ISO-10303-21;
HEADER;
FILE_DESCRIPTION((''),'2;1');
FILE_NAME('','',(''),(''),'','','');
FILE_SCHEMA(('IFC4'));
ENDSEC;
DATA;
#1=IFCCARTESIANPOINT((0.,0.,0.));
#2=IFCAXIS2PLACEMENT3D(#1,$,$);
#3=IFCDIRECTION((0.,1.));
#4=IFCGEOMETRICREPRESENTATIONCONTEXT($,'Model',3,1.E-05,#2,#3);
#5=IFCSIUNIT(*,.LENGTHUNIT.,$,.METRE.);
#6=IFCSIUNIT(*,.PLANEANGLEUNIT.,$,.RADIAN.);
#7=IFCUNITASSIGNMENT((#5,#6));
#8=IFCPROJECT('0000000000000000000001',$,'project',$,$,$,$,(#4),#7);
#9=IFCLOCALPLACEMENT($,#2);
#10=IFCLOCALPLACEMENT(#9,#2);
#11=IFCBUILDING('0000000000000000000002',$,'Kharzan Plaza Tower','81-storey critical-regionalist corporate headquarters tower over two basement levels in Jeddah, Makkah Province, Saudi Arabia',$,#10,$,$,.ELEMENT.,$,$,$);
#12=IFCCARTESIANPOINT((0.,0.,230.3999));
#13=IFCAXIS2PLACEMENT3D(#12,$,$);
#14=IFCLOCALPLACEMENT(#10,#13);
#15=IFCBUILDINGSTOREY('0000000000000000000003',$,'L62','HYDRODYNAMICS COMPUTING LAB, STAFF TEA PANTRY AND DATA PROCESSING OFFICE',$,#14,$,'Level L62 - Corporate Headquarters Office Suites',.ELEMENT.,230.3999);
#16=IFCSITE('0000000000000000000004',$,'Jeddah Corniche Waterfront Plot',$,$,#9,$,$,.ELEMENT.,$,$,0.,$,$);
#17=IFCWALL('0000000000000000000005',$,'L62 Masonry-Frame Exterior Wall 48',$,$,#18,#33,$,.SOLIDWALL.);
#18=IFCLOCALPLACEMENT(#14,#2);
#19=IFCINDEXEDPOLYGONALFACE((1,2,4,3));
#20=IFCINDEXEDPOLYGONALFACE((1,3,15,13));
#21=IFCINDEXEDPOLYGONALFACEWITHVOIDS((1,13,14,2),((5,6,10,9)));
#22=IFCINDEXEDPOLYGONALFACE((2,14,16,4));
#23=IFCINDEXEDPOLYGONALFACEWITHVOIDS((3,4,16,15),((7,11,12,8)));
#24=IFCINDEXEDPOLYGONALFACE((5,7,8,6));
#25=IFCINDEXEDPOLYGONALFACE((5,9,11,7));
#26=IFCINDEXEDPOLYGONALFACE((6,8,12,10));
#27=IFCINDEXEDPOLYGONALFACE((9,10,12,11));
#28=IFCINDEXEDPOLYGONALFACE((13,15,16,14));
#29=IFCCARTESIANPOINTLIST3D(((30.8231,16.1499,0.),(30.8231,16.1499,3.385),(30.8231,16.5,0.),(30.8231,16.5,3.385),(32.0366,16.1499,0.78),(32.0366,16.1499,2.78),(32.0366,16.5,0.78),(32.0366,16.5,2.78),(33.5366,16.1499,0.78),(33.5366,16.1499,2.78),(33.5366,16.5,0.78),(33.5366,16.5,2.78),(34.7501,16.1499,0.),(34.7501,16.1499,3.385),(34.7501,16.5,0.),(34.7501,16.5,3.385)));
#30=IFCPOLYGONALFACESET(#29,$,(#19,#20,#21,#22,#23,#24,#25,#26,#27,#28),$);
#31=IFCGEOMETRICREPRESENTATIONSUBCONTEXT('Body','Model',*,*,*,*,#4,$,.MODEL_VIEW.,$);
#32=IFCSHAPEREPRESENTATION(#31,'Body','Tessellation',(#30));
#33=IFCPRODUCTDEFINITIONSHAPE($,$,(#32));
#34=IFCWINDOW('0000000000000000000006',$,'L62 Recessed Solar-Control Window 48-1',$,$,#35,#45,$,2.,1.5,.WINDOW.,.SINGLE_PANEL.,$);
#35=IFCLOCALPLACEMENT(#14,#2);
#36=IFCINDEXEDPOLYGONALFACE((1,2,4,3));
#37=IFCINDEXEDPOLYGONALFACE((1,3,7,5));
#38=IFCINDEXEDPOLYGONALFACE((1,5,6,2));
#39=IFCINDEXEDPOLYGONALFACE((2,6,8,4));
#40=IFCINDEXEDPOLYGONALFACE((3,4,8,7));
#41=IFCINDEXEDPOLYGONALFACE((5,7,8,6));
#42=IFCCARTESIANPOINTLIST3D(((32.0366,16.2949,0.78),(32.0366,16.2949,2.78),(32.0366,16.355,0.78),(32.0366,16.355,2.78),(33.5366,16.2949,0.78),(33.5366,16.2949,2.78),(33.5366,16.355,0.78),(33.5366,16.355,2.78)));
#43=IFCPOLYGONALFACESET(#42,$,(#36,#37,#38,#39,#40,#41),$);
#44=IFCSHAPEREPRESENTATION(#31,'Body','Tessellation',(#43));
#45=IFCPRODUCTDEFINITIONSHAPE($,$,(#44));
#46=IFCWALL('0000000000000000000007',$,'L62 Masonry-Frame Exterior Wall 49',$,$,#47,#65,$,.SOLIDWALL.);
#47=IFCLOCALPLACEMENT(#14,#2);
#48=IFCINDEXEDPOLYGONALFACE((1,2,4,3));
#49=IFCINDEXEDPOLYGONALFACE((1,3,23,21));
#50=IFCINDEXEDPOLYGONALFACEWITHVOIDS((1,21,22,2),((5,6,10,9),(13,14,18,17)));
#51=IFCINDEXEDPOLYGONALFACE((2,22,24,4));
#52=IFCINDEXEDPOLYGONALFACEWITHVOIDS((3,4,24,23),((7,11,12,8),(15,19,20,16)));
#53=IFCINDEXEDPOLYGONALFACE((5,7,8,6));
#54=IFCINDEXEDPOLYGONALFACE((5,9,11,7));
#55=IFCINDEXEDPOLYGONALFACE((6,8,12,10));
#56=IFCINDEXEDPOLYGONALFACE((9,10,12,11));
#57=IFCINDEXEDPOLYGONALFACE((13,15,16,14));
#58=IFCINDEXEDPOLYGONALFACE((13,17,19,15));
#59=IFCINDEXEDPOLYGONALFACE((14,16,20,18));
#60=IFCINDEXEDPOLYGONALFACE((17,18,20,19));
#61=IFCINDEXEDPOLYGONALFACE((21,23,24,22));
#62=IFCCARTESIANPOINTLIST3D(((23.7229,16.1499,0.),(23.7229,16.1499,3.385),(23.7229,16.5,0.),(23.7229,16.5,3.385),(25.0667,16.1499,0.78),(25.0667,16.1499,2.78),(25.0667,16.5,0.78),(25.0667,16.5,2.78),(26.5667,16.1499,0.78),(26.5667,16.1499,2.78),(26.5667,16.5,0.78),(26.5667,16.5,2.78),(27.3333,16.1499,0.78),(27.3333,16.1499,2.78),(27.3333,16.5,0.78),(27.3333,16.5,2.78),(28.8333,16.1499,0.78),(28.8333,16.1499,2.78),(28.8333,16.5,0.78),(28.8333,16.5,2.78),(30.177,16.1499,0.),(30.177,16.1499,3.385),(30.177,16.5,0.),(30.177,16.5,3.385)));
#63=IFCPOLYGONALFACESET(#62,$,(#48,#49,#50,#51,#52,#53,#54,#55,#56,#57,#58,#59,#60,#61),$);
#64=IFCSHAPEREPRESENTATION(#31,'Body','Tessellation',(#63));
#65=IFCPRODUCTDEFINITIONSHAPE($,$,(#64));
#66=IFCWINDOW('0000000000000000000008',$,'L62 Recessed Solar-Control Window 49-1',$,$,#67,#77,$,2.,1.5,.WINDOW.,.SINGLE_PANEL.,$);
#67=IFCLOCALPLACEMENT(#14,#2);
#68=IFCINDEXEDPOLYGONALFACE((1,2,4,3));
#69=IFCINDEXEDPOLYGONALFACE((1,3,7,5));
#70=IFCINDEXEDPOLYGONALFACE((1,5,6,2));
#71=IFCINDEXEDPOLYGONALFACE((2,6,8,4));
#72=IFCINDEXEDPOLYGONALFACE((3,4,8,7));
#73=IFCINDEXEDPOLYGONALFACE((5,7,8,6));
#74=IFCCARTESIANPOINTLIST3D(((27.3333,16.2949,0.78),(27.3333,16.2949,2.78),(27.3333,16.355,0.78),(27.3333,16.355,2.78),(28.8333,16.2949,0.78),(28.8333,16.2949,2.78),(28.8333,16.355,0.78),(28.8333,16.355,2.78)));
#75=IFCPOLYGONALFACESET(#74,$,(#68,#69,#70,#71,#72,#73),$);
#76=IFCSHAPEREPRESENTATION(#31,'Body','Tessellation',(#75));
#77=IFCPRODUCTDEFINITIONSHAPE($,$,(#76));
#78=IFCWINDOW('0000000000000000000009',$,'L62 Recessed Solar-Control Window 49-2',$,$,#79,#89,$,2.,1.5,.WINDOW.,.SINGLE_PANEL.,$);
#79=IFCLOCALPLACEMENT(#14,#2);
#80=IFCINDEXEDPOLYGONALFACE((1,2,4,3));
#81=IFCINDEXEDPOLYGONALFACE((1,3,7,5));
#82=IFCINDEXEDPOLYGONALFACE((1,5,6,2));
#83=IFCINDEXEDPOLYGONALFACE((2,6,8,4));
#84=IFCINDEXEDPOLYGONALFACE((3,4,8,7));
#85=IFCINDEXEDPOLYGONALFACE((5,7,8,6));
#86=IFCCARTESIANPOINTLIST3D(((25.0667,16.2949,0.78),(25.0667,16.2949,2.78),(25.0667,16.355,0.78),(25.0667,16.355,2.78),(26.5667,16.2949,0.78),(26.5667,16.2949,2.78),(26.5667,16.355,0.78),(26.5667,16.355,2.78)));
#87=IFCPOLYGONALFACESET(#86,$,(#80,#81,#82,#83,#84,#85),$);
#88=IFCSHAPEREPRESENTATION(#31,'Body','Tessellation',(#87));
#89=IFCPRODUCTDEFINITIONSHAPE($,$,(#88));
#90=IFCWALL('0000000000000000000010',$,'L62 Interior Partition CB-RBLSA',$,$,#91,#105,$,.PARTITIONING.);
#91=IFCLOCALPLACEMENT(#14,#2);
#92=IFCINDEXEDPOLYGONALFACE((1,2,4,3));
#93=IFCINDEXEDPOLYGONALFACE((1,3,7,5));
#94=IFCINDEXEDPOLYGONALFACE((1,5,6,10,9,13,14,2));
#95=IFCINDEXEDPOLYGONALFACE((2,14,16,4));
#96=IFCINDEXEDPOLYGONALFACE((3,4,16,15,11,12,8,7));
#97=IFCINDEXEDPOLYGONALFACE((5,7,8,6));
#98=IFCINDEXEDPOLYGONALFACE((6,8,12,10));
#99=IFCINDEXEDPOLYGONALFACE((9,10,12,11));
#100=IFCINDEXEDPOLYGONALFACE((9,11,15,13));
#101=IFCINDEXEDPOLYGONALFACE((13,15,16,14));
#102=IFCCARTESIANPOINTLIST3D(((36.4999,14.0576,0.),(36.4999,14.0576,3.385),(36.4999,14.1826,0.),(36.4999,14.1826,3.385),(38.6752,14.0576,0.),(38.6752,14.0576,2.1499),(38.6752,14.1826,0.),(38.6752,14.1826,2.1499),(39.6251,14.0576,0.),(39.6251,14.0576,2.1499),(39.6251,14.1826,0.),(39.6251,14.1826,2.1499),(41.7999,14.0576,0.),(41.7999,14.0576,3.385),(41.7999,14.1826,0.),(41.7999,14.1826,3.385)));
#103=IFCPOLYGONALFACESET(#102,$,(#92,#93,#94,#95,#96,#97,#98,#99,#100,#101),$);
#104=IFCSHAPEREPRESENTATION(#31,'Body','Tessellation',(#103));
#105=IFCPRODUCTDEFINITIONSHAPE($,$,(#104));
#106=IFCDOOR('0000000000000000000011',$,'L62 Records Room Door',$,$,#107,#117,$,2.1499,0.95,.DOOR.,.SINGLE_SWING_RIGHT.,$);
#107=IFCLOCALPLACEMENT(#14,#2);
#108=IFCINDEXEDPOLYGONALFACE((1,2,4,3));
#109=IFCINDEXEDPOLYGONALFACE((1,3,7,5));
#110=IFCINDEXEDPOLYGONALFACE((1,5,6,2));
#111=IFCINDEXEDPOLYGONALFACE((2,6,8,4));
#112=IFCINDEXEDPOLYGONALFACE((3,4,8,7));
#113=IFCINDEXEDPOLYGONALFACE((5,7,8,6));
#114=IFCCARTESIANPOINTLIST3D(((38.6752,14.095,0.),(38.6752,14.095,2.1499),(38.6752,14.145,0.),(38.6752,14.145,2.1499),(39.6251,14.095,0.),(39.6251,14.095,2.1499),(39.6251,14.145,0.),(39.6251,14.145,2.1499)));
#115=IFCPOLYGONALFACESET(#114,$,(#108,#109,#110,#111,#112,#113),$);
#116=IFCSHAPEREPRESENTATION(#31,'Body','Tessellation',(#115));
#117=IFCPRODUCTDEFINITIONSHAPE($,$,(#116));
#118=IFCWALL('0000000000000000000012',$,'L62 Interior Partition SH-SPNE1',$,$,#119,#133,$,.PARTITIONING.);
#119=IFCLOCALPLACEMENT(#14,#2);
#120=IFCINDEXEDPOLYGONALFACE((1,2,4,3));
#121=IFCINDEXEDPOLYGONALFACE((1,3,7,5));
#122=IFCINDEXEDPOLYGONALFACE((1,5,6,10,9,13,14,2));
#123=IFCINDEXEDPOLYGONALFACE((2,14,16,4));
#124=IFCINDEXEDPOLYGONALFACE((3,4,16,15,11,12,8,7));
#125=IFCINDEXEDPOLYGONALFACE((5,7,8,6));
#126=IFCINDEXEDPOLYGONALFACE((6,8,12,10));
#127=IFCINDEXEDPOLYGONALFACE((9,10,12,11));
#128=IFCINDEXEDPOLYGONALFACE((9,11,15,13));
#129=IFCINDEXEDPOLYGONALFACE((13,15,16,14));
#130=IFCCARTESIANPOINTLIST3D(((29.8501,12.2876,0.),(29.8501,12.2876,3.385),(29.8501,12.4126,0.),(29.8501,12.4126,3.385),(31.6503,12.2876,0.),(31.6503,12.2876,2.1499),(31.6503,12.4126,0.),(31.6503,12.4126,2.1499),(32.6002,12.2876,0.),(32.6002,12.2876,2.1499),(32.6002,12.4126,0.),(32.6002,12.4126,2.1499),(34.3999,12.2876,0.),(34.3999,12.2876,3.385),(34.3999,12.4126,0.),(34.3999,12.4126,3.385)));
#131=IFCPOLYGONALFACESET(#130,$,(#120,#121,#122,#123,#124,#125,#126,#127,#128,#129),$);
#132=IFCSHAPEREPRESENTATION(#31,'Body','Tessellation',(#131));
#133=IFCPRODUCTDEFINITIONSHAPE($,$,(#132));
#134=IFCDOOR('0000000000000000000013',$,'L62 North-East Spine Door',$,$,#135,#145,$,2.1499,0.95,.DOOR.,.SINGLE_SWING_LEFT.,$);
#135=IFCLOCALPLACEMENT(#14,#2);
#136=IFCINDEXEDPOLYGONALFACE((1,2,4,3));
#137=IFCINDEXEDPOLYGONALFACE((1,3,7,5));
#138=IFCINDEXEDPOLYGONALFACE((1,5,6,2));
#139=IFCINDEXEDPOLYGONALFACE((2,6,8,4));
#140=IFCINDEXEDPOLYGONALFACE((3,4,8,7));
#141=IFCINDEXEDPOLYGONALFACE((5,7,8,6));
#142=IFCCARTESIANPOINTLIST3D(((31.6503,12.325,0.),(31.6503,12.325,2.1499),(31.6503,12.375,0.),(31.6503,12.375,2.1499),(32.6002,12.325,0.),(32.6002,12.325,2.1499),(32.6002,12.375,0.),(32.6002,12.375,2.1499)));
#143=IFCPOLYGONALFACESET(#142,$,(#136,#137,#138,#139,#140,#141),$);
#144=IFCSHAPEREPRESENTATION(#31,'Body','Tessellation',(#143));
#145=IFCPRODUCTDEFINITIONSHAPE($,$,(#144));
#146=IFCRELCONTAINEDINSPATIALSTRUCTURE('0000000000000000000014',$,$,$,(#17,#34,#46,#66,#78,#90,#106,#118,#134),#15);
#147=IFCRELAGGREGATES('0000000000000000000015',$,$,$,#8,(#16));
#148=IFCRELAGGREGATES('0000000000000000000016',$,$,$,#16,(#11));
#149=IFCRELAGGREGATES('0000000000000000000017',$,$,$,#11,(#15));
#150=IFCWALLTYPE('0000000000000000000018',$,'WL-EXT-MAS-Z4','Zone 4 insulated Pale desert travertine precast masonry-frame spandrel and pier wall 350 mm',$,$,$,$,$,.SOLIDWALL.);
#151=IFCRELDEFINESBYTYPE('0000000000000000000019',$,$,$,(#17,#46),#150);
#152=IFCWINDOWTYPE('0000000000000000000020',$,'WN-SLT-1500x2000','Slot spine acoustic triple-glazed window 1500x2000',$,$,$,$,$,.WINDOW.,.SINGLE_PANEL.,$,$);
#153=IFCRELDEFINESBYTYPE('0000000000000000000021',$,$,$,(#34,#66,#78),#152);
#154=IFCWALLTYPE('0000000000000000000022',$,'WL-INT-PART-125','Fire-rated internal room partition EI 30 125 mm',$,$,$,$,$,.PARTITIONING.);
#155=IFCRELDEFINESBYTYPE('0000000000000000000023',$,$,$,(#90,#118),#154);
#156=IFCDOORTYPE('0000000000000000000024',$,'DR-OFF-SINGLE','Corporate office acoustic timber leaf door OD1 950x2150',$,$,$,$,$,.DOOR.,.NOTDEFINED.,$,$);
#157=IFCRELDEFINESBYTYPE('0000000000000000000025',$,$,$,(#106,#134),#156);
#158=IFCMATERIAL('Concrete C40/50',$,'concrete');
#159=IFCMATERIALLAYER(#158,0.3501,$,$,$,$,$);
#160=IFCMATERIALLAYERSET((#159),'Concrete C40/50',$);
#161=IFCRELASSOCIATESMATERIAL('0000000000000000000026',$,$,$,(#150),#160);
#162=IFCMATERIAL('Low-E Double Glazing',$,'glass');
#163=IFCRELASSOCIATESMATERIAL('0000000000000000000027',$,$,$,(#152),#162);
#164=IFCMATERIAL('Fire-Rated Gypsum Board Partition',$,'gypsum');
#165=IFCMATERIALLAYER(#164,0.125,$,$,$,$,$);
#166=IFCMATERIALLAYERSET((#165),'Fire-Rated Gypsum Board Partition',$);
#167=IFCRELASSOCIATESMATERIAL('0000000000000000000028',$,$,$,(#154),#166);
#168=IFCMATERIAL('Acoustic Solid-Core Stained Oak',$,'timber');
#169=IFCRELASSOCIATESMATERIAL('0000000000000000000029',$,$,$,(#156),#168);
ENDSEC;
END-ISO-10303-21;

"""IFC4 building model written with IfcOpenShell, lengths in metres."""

from ifc_helpers import new_model, si_unit, direction, frame, frame_2d, origin, place, context, subcontext, project, spatial, rectangle, extrude, source, transform, mapped, material, layer, layer_set, type_object, element, fill, save


model = new_model("IFC4")

# Units and contexts
model_context = context("Model", 3, precision=1e-05, world=origin(), true_north=direction((0.0, 1.0)))
body_context = subcontext(model_context, "Body", "Model", "MODEL_VIEW")
ifc_project = project(units=[si_unit("LENGTHUNIT", "METRE"), si_unit("PLANEANGLEUNIT", "RADIAN")], contexts=[model_context])

# Site, building, storey
site_placement = place(None, origin())
site = spatial("IfcSite", under=ifc_project, at=site_placement, Name="Jeddah Corniche Waterfront Plot", CompositionType="ELEMENT", RefElevation=0.0)
building_placement = place(site_placement, origin())
building = spatial("IfcBuilding", under=site, at=building_placement, Name="Kharzan Plaza Tower", Description="81-storey critical-regionalist corporate headquarters tower over two basement levels in Jeddah, Makkah Province, Saudi Arabia", CompositionType="ELEMENT")
storey_placement = place(building_placement, frame((0.0, 0.0, 230.3999)))
storey = spatial("IfcBuildingStorey", under=building, at=storey_placement, Name="L62", Description="HYDRODYNAMICS COMPUTING LAB, STAFF TEA PANTRY AND DATA PROCESSING OFFICE", LongName="Level L62 - Corporate Headquarters Office Suites", CompositionType="ELEMENT", Elevation=230.3999)

# Wall, opening, window
ifc_material_1 = material(Name="Concrete C40/50", Category="concrete")
ifc_layer_1 = layer(ifc_material_1, 0.3501)
ifc_layer_set_1 = layer_set([ifc_layer_1], Name="Concrete C40/50")
wall_type_1 = type_object("IfcWallType", Name="WL-EXT-MAS-Z4", Description="Zone 4 insulated Pale desert travertine precast masonry-frame spandrel and pier wall 350 mm", PredefinedType="SOLIDWALL", material=ifc_layer_set_1)
ifc_material_2 = material(Name="Low-E Double Glazing", Category="glass")
wall_1_placement = place(storey_placement, frame((34.75, 16.325, 0.0), z_axis=(0.0, 0.0, 1.0), x_axis=(-1.0, 0.0, 0.0)))
wall_1 = element("IfcWall", 1, at=wall_1_placement, inside=storey, type_object=wall_type_1, Name="L62 Masonry-Frame Exterior Wall 48", PredefinedType="SOLIDWALL", context=body_context, shape_type="SweptSolid", body=[
    extrude(rectangle(XDim=3.927, YDim=0.3501, at=frame_2d((1.9634, 0.0))), origin(), (0.0, 0.0, 1.0), 3.385),
])
opening_1_placement = place(wall_1_placement, frame((1.2134, 0.0, 0.78)))
opening_1 = element("IfcOpeningElement", 2, at=opening_1_placement, cuts=wall_1, PredefinedType="OPENING", context=body_context, shape_type="SweptSolid", body=[
    extrude(rectangle(XDim=1.5, YDim=2.0, at=frame_2d((0.75, 1.0))), frame((0.0, 0.1851, 0.0), z_axis=(0.0, -1.0, 0.0), x_axis=(1.0, 0.0, 0.0)), (0.0, 0.0, 1.0), 0.3701),
])
window_type_1 = type_object("IfcWindowType", Name="WN-SLT-1500x2000", Description="Slot spine acoustic triple-glazed window 1500x2000", PartitioningType="SINGLE_PANEL", PredefinedType="WINDOW", material=ifc_material_2)
shared_shape_1 = source(origin(), body_context, "Body", "SweptSolid", [
    extrude(rectangle(XDim=1.5, YDim=2.0, at=frame_2d((0.75, 1.0))), frame((0.0, 0.03, 0.0), z_axis=(0.0, -1.0, 0.0), x_axis=(1.0, 0.0, 0.0)), (0.0, 0.0, 1.0), 0.0601),
])
window_1_placement = place(opening_1_placement, origin())
window_1 = element("IfcWindow", 3, at=window_1_placement, inside=storey, type_object=window_type_1, Name="L62 Recessed Solar-Control Window 48-1", OverallHeight=2.0, OverallWidth=1.5, PartitioningType="SINGLE_PANEL", PredefinedType="WINDOW", context=body_context, shape_type="MappedRepresentation", body=[
    mapped(shared_shape_1, transform((0.0, 0.0, 0.0), x_axis=(1.0, 0.0, 0.0), y_axis=(0.0, 1.0, 0.0), z_axis=(0.0, 0.0, 1.0))),
])
fill(opening_1, window_1)

# Wall, openings, windows
wall_2_placement = place(storey_placement, frame((30.177, 16.325, 0.0), z_axis=(0.0, 0.0, 1.0), x_axis=(-1.0, 0.0, 0.0)))
wall_2 = element("IfcWall", 4, at=wall_2_placement, inside=storey, type_object=wall_type_1, Name="L62 Masonry-Frame Exterior Wall 49", PredefinedType="SOLIDWALL", context=body_context, shape_type="SweptSolid", body=[
    extrude(rectangle(XDim=6.4541, YDim=0.3501, at=frame_2d((3.2271, 0.0))), origin(), (0.0, 0.0, 1.0), 3.385),
])
opening_2_placement = place(wall_2_placement, frame((1.3438, 0.0, 0.78)))
opening_2 = element("IfcOpeningElement", 5, at=opening_2_placement, cuts=wall_2, PredefinedType="OPENING", context=body_context, shape_type="SweptSolid", body=[
    extrude(rectangle(XDim=1.5, YDim=2.0, at=frame_2d((0.75, 1.0))), frame((0.0, 0.1851, 0.0), z_axis=(0.0, -1.0, 0.0), x_axis=(1.0, 0.0, 0.0)), (0.0, 0.0, 1.0), 0.3701),
])
opening_3_placement = place(wall_2_placement, frame((3.6104, 0.0, 0.78)))
opening_3 = element("IfcOpeningElement", 6, at=opening_3_placement, cuts=wall_2, PredefinedType="OPENING", context=body_context, shape_type="SweptSolid", body=[
    extrude(rectangle(XDim=1.5, YDim=2.0, at=frame_2d((0.75, 1.0))), frame((0.0, 0.1851, 0.0), z_axis=(0.0, -1.0, 0.0), x_axis=(1.0, 0.0, 0.0)), (0.0, 0.0, 1.0), 0.3701),
])
window_2_placement = place(opening_2_placement, origin())
window_2 = element("IfcWindow", 7, at=window_2_placement, inside=storey, type_object=window_type_1, Name="L62 Recessed Solar-Control Window 49-1", OverallHeight=2.0, OverallWidth=1.5, PartitioningType="SINGLE_PANEL", PredefinedType="WINDOW", context=body_context, shape_type="MappedRepresentation", body=[
    mapped(shared_shape_1, transform((0.0, 0.0, 0.0), x_axis=(1.0, 0.0, 0.0), y_axis=(0.0, 1.0, 0.0), z_axis=(0.0, 0.0, 1.0))),
])
fill(opening_2, window_2)
window_3_placement = place(opening_3_placement, origin())
window_3 = element("IfcWindow", 8, at=window_3_placement, inside=storey, type_object=window_type_1, Name="L62 Recessed Solar-Control Window 49-2", OverallHeight=2.0, OverallWidth=1.5, PartitioningType="SINGLE_PANEL", PredefinedType="WINDOW", context=body_context, shape_type="MappedRepresentation", body=[
    mapped(shared_shape_1, transform((0.0, 0.0, 0.0), x_axis=(1.0, 0.0, 0.0), y_axis=(0.0, 1.0, 0.0), z_axis=(0.0, 0.0, 1.0))),
])
fill(opening_3, window_3)

# Walls, openings, doors
ifc_material_3 = material(Name="Fire-Rated Gypsum Board Partition", Category="gypsum")
ifc_layer_2 = layer(ifc_material_3, 0.125)
ifc_layer_set_2 = layer_set([ifc_layer_2], Name="Fire-Rated Gypsum Board Partition")
wall_type_2 = type_object("IfcWallType", Name="WL-INT-PART-125", Description="Fire-rated internal room partition EI 30 125 mm", PredefinedType="PARTITIONING", material=ifc_layer_set_2)
wall_3_placement = place(storey_placement, frame((36.5, 14.1201, 0.0), z_axis=(0.0, 0.0, 1.0), x_axis=(1.0, 0.0, 0.0)))
wall_3 = element("IfcWall", 9, at=wall_3_placement, inside=storey, type_object=wall_type_2, Name="L62 Interior Partition CB-RBLSA", PredefinedType="PARTITIONING", context=body_context, shape_type="SweptSolid", body=[
    extrude(rectangle(XDim=5.3, YDim=0.125, at=frame_2d((2.6499, 0.0))), origin(), (0.0, 0.0, 1.0), 3.385),
])
opening_4_placement = place(wall_3_placement, frame((2.175, 0.0, 0.0)))
opening_4 = element("IfcOpeningElement", 10, at=opening_4_placement, cuts=wall_3, PredefinedType="OPENING", context=body_context, shape_type="SweptSolid", body=[
    extrude(rectangle(XDim=0.95, YDim=2.1499, at=frame_2d((0.4751, 1.075))), frame((0.0, 0.0725, 0.0), z_axis=(0.0, -1.0, 0.0), x_axis=(1.0, 0.0, 0.0)), (0.0, 0.0, 1.0), 0.145),
])
ifc_material_4 = material(Name="Acoustic Solid-Core Stained Oak", Category="timber")
door_type = type_object("IfcDoorType", Name="DR-OFF-SINGLE", Description="Corporate office acoustic timber leaf door OD1 950x2150", OperationType="NOTDEFINED", PredefinedType="DOOR", material=ifc_material_4)
shared_shape_2 = source(origin(), body_context, "Body", "SweptSolid", [
    extrude(rectangle(XDim=0.95, YDim=2.1499, at=frame_2d((0.4751, 1.075))), frame((0.0, 0.0249, 0.0), z_axis=(0.0, -1.0, 0.0), x_axis=(1.0, 0.0, 0.0)), (0.0, 0.0, 1.0), 0.05),
])
door_1_placement = place(opening_4_placement, origin())
door_1 = element("IfcDoor", 11, at=door_1_placement, inside=storey, type_object=door_type, Name="L62 Records Room Door", OperationType="SINGLE_SWING_RIGHT", OverallHeight=2.1499, OverallWidth=0.95, PredefinedType="DOOR", context=body_context, shape_type="MappedRepresentation", body=[
    mapped(shared_shape_2, transform((0.0, 0.0, 0.0), x_axis=(1.0, 0.0, 0.0), y_axis=(0.0, 1.0, 0.0), z_axis=(0.0, 0.0, 1.0))),
])
fill(opening_4, door_1)
wall_4_placement = place(storey_placement, frame((29.8501, 12.3501, 0.0), z_axis=(0.0, 0.0, 1.0), x_axis=(1.0, 0.0, 0.0)))
wall_4 = element("IfcWall", 12, at=wall_4_placement, inside=storey, type_object=wall_type_2, Name="L62 Interior Partition SH-SPNE1", PredefinedType="PARTITIONING", context=body_context, shape_type="SweptSolid", body=[
    extrude(rectangle(XDim=4.5498, YDim=0.125, at=frame_2d((2.2749, 0.0))), origin(), (0.0, 0.0, 1.0), 3.385),
])
opening_5_placement = place(wall_4_placement, frame((1.8, 0.0, 0.0)))
opening_5 = element("IfcOpeningElement", 13, at=opening_5_placement, cuts=wall_4, PredefinedType="OPENING", context=body_context, shape_type="SweptSolid", body=[
    extrude(rectangle(XDim=0.95, YDim=2.1499, at=frame_2d((0.4751, 1.075))), frame((0.0, 0.0725, 0.0), z_axis=(0.0, -1.0, 0.0), x_axis=(1.0, 0.0, 0.0)), (0.0, 0.0, 1.0), 0.145),
])
door_2_placement = place(opening_5_placement, origin())
door_2 = element("IfcDoor", 14, at=door_2_placement, inside=storey, type_object=door_type, Name="L62 North-East Spine Door", OperationType="SINGLE_SWING_LEFT", OverallHeight=2.1499, OverallWidth=0.95, PredefinedType="DOOR", context=body_context, shape_type="MappedRepresentation", body=[
    mapped(shared_shape_2, transform((0.0, 0.0, 0.0), x_axis=(1.0, 0.0, 0.0), y_axis=(0.0, 1.0, 0.0), z_axis=(0.0, 0.0, 1.0))),
])
fill(opening_5, door_2)

save(model, "model.ifc")
